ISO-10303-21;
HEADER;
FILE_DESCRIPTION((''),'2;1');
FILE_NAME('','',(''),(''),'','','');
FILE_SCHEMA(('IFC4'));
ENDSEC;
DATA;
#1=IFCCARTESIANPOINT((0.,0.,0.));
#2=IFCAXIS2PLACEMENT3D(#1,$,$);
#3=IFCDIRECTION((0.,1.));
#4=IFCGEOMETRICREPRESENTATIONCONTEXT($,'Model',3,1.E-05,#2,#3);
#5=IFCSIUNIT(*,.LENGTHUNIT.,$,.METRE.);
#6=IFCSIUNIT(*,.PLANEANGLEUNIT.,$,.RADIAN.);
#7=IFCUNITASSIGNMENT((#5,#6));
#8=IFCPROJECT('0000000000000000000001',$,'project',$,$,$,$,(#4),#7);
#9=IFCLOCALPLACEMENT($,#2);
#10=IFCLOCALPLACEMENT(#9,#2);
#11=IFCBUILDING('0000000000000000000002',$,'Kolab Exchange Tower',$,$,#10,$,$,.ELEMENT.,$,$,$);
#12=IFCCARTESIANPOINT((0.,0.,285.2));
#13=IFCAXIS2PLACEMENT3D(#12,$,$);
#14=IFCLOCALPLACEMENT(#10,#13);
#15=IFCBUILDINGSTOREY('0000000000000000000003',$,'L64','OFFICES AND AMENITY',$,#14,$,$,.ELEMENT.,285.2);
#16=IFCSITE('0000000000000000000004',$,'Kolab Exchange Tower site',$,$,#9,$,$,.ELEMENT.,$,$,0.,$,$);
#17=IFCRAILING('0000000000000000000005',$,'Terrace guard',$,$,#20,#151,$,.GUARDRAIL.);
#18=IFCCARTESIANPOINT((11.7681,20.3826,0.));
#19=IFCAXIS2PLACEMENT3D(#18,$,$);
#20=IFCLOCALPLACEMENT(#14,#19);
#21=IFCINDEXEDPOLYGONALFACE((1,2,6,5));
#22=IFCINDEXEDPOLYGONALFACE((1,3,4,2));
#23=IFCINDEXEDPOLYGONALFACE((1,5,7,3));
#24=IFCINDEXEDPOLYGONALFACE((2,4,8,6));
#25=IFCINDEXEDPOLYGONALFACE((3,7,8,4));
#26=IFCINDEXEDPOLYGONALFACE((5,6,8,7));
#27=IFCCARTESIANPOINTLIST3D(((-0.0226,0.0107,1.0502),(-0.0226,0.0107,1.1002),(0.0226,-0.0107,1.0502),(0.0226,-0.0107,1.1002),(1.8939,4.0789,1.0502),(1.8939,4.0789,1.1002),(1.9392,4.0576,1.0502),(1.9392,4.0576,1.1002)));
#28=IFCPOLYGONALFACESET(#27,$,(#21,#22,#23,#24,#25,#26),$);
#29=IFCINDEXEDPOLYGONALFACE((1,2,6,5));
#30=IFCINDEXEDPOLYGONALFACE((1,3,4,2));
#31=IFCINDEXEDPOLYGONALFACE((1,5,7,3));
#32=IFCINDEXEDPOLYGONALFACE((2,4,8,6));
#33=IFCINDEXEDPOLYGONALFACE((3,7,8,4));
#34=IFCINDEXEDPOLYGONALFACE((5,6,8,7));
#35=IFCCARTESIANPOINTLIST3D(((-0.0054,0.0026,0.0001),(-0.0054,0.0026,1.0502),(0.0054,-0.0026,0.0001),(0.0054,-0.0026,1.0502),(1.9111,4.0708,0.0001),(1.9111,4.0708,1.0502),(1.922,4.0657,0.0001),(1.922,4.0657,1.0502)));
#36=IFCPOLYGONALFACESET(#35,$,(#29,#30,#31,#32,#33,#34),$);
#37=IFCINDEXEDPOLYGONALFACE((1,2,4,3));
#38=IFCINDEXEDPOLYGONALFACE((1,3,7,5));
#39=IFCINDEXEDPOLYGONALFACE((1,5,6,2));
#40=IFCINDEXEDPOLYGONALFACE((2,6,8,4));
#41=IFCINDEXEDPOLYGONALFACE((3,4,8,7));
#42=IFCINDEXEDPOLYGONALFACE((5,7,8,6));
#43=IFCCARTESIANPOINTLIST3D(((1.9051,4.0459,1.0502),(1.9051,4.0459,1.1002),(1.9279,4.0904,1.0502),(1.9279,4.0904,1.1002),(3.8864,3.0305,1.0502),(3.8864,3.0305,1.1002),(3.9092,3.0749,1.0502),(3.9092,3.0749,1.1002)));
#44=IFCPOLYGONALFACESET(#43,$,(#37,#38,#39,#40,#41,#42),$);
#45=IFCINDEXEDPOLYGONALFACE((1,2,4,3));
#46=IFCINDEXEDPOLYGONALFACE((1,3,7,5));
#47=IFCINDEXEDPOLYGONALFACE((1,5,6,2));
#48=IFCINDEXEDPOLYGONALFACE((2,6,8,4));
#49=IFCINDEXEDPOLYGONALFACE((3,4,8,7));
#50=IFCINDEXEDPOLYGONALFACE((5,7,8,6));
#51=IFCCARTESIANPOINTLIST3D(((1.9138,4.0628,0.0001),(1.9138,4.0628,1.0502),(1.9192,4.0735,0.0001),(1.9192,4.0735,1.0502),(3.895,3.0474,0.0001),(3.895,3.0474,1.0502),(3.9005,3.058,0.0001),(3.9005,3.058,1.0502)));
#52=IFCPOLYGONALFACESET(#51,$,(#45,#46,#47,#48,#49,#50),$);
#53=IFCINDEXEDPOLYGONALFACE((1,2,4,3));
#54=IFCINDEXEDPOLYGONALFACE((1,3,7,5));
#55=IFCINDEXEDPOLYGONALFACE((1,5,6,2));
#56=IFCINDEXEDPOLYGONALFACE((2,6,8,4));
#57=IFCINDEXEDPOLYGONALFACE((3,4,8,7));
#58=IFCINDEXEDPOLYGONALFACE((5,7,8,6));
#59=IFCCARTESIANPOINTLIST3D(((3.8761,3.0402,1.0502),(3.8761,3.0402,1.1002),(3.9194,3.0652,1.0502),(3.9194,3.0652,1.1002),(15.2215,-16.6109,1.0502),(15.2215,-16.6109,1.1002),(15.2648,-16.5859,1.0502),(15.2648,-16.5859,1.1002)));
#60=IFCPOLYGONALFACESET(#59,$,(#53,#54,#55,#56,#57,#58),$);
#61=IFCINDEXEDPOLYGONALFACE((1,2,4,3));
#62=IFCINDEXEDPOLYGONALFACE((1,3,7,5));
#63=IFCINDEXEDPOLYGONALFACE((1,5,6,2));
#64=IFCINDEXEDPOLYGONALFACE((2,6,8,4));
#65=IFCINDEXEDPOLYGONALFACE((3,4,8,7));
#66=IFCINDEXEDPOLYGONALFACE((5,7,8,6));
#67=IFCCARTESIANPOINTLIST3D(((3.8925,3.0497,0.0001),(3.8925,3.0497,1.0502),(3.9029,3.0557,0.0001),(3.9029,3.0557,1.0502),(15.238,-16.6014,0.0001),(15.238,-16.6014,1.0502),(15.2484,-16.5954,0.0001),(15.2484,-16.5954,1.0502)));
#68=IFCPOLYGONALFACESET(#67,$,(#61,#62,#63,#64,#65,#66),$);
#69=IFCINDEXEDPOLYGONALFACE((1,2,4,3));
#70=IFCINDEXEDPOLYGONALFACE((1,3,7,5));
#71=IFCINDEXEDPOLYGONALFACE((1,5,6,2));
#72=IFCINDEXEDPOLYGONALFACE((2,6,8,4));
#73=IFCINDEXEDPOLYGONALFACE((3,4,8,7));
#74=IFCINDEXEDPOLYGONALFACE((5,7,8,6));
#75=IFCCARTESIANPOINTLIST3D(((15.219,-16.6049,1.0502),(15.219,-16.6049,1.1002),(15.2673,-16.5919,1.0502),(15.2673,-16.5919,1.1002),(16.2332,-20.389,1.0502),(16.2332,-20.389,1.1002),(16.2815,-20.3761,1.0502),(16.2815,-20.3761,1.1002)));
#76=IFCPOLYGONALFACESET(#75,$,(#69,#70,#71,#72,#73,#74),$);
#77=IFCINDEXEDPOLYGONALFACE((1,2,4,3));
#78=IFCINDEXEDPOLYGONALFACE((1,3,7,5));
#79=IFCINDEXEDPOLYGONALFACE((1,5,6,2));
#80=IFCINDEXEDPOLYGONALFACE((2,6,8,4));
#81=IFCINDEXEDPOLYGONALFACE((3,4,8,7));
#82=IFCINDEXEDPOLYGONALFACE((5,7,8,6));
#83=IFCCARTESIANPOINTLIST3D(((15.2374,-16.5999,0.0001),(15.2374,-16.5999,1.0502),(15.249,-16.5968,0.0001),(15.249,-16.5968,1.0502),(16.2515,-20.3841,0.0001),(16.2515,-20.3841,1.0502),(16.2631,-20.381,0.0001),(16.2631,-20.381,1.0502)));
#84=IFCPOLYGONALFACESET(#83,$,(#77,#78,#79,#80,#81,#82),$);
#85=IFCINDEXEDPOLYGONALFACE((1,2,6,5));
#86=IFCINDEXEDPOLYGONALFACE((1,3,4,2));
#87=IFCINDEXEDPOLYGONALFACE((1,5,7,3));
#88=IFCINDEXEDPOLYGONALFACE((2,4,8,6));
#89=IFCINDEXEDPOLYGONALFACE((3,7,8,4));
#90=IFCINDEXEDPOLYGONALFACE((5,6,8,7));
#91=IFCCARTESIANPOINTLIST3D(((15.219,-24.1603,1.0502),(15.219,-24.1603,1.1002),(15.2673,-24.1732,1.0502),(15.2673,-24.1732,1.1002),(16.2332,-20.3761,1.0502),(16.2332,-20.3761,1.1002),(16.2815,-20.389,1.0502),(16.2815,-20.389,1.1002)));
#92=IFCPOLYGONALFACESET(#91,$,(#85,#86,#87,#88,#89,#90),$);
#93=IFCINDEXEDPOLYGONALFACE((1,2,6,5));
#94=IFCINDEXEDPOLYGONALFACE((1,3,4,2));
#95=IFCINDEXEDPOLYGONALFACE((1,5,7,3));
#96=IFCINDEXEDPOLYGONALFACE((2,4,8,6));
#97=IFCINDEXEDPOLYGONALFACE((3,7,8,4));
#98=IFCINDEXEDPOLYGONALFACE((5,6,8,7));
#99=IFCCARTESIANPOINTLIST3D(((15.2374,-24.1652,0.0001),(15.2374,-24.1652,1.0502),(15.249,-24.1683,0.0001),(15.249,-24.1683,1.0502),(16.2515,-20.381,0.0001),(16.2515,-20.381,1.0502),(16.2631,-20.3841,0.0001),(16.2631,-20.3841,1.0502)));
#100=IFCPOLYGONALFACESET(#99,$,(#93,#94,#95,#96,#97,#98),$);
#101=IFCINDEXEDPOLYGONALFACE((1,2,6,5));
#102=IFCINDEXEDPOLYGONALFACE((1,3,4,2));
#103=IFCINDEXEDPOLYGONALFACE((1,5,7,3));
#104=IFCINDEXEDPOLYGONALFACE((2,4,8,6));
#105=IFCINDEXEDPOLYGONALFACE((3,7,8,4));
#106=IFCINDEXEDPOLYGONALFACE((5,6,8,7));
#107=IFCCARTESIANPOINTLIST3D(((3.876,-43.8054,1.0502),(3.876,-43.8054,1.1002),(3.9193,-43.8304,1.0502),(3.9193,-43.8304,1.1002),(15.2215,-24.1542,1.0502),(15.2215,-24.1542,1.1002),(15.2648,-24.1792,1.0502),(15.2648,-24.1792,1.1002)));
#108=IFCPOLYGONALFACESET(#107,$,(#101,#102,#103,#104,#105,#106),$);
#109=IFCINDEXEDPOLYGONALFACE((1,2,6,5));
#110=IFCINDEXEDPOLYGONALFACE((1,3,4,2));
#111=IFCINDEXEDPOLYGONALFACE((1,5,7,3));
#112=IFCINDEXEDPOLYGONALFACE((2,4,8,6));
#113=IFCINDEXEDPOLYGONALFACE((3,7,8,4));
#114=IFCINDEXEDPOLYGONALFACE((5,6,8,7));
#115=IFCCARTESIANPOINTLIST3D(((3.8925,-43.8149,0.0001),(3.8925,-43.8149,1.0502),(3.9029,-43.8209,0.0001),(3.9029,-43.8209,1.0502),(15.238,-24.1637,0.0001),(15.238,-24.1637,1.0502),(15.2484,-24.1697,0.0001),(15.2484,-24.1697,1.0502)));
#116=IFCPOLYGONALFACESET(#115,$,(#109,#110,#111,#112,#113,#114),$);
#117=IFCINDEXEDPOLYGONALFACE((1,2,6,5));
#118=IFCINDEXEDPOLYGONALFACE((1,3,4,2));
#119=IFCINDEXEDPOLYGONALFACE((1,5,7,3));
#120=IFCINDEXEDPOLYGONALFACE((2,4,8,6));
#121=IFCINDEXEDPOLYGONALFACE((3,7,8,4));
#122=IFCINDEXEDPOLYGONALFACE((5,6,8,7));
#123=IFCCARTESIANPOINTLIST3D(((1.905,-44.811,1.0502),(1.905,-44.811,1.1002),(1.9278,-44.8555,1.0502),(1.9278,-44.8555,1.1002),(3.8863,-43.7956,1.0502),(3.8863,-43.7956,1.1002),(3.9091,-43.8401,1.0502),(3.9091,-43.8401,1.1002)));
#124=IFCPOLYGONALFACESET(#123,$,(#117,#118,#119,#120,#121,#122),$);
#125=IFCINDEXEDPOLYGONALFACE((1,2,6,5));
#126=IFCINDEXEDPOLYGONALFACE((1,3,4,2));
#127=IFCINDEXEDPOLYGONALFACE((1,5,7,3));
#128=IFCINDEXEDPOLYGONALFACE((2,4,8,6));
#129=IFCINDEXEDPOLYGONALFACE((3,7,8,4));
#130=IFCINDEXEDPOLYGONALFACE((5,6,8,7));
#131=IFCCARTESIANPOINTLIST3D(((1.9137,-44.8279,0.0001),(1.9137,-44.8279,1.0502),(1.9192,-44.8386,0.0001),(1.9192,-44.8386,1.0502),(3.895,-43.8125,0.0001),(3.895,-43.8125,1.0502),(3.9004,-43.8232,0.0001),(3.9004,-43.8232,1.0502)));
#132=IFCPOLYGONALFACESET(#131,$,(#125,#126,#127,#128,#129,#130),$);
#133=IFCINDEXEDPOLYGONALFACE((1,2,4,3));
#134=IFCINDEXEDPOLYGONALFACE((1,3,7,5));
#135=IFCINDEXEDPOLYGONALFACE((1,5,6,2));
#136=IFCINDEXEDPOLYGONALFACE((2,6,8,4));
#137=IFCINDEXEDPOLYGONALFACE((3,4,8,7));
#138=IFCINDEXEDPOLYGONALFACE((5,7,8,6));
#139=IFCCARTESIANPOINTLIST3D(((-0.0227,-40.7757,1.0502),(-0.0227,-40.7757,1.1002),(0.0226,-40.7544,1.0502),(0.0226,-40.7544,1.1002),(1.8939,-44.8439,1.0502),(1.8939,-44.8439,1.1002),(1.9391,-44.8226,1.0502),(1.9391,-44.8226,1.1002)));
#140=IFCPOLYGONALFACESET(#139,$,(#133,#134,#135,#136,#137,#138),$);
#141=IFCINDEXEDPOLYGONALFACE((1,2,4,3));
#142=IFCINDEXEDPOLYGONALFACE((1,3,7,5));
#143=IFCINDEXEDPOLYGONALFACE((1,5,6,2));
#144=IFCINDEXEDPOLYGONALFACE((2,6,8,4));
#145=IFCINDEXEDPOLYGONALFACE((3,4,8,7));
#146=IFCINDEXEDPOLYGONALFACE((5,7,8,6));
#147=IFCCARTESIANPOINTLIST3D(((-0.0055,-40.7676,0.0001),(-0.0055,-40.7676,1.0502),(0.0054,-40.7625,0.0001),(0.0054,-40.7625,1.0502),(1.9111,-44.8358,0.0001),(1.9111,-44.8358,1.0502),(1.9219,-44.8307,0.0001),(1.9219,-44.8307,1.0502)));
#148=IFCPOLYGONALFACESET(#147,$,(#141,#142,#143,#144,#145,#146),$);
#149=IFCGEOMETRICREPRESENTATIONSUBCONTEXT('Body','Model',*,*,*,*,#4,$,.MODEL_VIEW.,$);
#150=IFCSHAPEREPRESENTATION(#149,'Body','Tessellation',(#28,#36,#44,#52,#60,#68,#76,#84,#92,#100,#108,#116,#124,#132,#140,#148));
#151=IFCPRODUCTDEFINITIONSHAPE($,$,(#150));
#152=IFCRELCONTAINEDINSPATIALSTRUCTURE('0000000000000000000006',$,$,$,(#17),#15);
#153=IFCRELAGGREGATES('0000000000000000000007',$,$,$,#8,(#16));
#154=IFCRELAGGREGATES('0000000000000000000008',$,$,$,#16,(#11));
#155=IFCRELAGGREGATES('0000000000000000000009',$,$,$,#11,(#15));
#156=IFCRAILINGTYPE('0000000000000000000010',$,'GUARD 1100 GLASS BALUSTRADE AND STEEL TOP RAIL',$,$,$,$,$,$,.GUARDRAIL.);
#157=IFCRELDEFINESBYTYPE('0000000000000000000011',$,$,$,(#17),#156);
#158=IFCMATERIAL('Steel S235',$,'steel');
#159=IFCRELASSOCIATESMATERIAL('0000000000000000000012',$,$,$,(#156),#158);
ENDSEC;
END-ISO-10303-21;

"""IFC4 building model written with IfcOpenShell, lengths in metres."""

from ifc_helpers import new_model, si_unit, direction, frame, frame_2d, origin, origin_2d, place, context, subcontext, project, spatial, rectangle, extrude, material, type_object, element, save


model = new_model("IFC4")

# Units and contexts
model_context = context("Model", 3, precision=1e-05, world=origin(), true_north=direction((0.0, 1.0)))
body_context = subcontext(model_context, "Body", "Model", "MODEL_VIEW")
ifc_project = project(units=[si_unit("LENGTHUNIT", "METRE"), si_unit("PLANEANGLEUNIT", "RADIAN")], contexts=[model_context])

# Site, building, storey
site_placement = place(None, origin())
site = spatial("IfcSite", under=ifc_project, at=site_placement, Name="Kolab Exchange Tower site", CompositionType="ELEMENT", RefElevation=0.0)
building_placement = place(site_placement, origin())
building = spatial("IfcBuilding", under=site, at=building_placement, Name="Kolab Exchange Tower", CompositionType="ELEMENT")
storey_placement = place(building_placement, frame((0.0, 0.0, 285.2)))
storey = spatial("IfcBuildingStorey", under=building, at=storey_placement, Name="L64", Description="OFFICES AND AMENITY", CompositionType="ELEMENT", Elevation=285.2)

# Railing
ifc_material_1 = material(Name="Steel S235", Category="steel")
railing_type = type_object("IfcRailingType", Name="GUARD 1100 GLASS BALUSTRADE AND STEEL TOP RAIL", PredefinedType="GUARDRAIL", material=ifc_material_1)
railing_1_placement = place(storey_placement, frame((11.7681, 20.3826, 0.0)))
element("IfcRailing", 1, at=railing_1_placement, inside=storey, type_object=railing_type, Name="Terrace guard", PredefinedType="GUARDRAIL", context=body_context, shape_type="SweptSolid", body=[
    extrude(rectangle(XDim=0.05, YDim=0.05, at=origin_2d()), frame((0.0, 0.0, 1.0752), z_axis=(0.426179, 0.904639, 0.0), x_axis=(-0.904639, 0.426179, 0.0)), (0.0, 0.0, 1.0), 4.4971),
    extrude(rectangle(XDim=0.012, YDim=1.0501, at=frame_2d((0.0, 0.5251))), frame((0.0, 0.0, 0.0), z_axis=(0.426179, 0.904639, 0.0), x_axis=(-0.904639, 0.426179, 0.0)), (0.0, 0.0, 1.0), 4.4971),
    extrude(rectangle(XDim=0.05, YDim=0.05, at=origin_2d()), frame((1.9165, 4.0681, 1.0752), z_axis=(0.88993, -0.456096, 0.0), x_axis=(0.456096, 0.88993, 0.0)), (0.0, 0.0, 1.0), 2.2263),
    extrude(rectangle(XDim=0.012, YDim=1.0501, at=frame_2d((0.0, 0.5251))), frame((1.9165, 4.0681, 0.0), z_axis=(0.88993, -0.456096, 0.0), x_axis=(0.456096, 0.88993, 0.0)), (0.0, 0.0, 1.0), 2.2263),
    extrude(rectangle(XDim=0.05, YDim=0.05, at=origin_2d()), frame((3.8977, 3.0527, 1.0752), z_axis=(0.499996, -0.866028, 0.0), x_axis=(0.866028, 0.499996, 0.0)), (0.0, 0.0, 1.0), 22.6912),
    extrude(rectangle(XDim=0.012, YDim=1.0501, at=frame_2d((0.0, 0.5251))), frame((3.8977, 3.0527, 0.0), z_axis=(0.499996, -0.866028, 0.0), x_axis=(0.866028, 0.499996, 0.0)), (0.0, 0.0, 1.0), 22.6912),
    extrude(rectangle(XDim=0.05, YDim=0.05, at=origin_2d()), frame((15.2432, -16.5984, 1.0752), z_axis=(0.258865, -0.965914, 0.0), x_axis=(0.965914, 0.258865, 0.0)), (0.0, 0.0, 1.0), 3.9177),
    extrude(rectangle(XDim=0.012, YDim=1.0501, at=frame_2d((0.0, 0.5251))), frame((15.2432, -16.5984, 0.0), z_axis=(0.258865, -0.965914, 0.0), x_axis=(0.965914, 0.258865, 0.0)), (0.0, 0.0, 1.0), 3.9177),
    extrude(rectangle(XDim=0.05, YDim=0.05, at=origin_2d()), frame((16.2573, -20.3826, 1.0752), z_axis=(-0.258865, -0.965914, 0.0), x_axis=(0.965914, -0.258865, 0.0)), (0.0, 0.0, 1.0), 3.9177),
    extrude(rectangle(XDim=0.012, YDim=1.0501, at=frame_2d((0.0, 0.5251))), frame((16.2573, -20.3826, 0.0), z_axis=(-0.258865, -0.965914, 0.0), x_axis=(0.965914, -0.258865, 0.0)), (0.0, 0.0, 1.0), 3.9177),
    extrude(rectangle(XDim=0.05, YDim=0.05, at=origin_2d()), frame((15.2432, -24.1667, 1.0752), z_axis=(-0.499996, -0.866028, 0.0), x_axis=(0.866028, -0.499996, 0.0)), (0.0, 0.0, 1.0), 22.6912),
    extrude(rectangle(XDim=0.012, YDim=1.0501, at=frame_2d((0.0, 0.5251))), frame((15.2432, -24.1667, 0.0), z_axis=(-0.499996, -0.866028, 0.0), x_axis=(0.866028, -0.499996, 0.0)), (0.0, 0.0, 1.0), 22.6912),
    extrude(rectangle(XDim=0.05, YDim=0.05, at=origin_2d()), frame((3.8977, -43.8179, 1.0752), z_axis=(-0.88993, -0.456096, 0.0), x_axis=(0.456096, -0.88993, 0.0)), (0.0, 0.0, 1.0), 2.2263),
    extrude(rectangle(XDim=0.012, YDim=1.0501, at=frame_2d((0.0, 0.5251))), frame((3.8977, -43.8179, 0.0), z_axis=(-0.88993, -0.456096, 0.0), x_axis=(0.456096, -0.88993, 0.0)), (0.0, 0.0, 1.0), 2.2263),
    extrude(rectangle(XDim=0.05, YDim=0.05, at=origin_2d()), frame((1.9165, -44.8333, 1.0752), z_axis=(-0.426179, 0.904639, 0.0), x_axis=(-0.904639, -0.426179, 0.0)), (0.0, 0.0, 1.0), 4.4971),
    extrude(rectangle(XDim=0.012, YDim=1.0501, at=frame_2d((0.0, 0.5251))), frame((1.9165, -44.8333, 0.0), z_axis=(-0.426179, 0.904639, 0.0), x_axis=(-0.904639, -0.426179, 0.0)), (0.0, 0.0, 1.0), 4.4971),
])

save(model, "model.ifc")
